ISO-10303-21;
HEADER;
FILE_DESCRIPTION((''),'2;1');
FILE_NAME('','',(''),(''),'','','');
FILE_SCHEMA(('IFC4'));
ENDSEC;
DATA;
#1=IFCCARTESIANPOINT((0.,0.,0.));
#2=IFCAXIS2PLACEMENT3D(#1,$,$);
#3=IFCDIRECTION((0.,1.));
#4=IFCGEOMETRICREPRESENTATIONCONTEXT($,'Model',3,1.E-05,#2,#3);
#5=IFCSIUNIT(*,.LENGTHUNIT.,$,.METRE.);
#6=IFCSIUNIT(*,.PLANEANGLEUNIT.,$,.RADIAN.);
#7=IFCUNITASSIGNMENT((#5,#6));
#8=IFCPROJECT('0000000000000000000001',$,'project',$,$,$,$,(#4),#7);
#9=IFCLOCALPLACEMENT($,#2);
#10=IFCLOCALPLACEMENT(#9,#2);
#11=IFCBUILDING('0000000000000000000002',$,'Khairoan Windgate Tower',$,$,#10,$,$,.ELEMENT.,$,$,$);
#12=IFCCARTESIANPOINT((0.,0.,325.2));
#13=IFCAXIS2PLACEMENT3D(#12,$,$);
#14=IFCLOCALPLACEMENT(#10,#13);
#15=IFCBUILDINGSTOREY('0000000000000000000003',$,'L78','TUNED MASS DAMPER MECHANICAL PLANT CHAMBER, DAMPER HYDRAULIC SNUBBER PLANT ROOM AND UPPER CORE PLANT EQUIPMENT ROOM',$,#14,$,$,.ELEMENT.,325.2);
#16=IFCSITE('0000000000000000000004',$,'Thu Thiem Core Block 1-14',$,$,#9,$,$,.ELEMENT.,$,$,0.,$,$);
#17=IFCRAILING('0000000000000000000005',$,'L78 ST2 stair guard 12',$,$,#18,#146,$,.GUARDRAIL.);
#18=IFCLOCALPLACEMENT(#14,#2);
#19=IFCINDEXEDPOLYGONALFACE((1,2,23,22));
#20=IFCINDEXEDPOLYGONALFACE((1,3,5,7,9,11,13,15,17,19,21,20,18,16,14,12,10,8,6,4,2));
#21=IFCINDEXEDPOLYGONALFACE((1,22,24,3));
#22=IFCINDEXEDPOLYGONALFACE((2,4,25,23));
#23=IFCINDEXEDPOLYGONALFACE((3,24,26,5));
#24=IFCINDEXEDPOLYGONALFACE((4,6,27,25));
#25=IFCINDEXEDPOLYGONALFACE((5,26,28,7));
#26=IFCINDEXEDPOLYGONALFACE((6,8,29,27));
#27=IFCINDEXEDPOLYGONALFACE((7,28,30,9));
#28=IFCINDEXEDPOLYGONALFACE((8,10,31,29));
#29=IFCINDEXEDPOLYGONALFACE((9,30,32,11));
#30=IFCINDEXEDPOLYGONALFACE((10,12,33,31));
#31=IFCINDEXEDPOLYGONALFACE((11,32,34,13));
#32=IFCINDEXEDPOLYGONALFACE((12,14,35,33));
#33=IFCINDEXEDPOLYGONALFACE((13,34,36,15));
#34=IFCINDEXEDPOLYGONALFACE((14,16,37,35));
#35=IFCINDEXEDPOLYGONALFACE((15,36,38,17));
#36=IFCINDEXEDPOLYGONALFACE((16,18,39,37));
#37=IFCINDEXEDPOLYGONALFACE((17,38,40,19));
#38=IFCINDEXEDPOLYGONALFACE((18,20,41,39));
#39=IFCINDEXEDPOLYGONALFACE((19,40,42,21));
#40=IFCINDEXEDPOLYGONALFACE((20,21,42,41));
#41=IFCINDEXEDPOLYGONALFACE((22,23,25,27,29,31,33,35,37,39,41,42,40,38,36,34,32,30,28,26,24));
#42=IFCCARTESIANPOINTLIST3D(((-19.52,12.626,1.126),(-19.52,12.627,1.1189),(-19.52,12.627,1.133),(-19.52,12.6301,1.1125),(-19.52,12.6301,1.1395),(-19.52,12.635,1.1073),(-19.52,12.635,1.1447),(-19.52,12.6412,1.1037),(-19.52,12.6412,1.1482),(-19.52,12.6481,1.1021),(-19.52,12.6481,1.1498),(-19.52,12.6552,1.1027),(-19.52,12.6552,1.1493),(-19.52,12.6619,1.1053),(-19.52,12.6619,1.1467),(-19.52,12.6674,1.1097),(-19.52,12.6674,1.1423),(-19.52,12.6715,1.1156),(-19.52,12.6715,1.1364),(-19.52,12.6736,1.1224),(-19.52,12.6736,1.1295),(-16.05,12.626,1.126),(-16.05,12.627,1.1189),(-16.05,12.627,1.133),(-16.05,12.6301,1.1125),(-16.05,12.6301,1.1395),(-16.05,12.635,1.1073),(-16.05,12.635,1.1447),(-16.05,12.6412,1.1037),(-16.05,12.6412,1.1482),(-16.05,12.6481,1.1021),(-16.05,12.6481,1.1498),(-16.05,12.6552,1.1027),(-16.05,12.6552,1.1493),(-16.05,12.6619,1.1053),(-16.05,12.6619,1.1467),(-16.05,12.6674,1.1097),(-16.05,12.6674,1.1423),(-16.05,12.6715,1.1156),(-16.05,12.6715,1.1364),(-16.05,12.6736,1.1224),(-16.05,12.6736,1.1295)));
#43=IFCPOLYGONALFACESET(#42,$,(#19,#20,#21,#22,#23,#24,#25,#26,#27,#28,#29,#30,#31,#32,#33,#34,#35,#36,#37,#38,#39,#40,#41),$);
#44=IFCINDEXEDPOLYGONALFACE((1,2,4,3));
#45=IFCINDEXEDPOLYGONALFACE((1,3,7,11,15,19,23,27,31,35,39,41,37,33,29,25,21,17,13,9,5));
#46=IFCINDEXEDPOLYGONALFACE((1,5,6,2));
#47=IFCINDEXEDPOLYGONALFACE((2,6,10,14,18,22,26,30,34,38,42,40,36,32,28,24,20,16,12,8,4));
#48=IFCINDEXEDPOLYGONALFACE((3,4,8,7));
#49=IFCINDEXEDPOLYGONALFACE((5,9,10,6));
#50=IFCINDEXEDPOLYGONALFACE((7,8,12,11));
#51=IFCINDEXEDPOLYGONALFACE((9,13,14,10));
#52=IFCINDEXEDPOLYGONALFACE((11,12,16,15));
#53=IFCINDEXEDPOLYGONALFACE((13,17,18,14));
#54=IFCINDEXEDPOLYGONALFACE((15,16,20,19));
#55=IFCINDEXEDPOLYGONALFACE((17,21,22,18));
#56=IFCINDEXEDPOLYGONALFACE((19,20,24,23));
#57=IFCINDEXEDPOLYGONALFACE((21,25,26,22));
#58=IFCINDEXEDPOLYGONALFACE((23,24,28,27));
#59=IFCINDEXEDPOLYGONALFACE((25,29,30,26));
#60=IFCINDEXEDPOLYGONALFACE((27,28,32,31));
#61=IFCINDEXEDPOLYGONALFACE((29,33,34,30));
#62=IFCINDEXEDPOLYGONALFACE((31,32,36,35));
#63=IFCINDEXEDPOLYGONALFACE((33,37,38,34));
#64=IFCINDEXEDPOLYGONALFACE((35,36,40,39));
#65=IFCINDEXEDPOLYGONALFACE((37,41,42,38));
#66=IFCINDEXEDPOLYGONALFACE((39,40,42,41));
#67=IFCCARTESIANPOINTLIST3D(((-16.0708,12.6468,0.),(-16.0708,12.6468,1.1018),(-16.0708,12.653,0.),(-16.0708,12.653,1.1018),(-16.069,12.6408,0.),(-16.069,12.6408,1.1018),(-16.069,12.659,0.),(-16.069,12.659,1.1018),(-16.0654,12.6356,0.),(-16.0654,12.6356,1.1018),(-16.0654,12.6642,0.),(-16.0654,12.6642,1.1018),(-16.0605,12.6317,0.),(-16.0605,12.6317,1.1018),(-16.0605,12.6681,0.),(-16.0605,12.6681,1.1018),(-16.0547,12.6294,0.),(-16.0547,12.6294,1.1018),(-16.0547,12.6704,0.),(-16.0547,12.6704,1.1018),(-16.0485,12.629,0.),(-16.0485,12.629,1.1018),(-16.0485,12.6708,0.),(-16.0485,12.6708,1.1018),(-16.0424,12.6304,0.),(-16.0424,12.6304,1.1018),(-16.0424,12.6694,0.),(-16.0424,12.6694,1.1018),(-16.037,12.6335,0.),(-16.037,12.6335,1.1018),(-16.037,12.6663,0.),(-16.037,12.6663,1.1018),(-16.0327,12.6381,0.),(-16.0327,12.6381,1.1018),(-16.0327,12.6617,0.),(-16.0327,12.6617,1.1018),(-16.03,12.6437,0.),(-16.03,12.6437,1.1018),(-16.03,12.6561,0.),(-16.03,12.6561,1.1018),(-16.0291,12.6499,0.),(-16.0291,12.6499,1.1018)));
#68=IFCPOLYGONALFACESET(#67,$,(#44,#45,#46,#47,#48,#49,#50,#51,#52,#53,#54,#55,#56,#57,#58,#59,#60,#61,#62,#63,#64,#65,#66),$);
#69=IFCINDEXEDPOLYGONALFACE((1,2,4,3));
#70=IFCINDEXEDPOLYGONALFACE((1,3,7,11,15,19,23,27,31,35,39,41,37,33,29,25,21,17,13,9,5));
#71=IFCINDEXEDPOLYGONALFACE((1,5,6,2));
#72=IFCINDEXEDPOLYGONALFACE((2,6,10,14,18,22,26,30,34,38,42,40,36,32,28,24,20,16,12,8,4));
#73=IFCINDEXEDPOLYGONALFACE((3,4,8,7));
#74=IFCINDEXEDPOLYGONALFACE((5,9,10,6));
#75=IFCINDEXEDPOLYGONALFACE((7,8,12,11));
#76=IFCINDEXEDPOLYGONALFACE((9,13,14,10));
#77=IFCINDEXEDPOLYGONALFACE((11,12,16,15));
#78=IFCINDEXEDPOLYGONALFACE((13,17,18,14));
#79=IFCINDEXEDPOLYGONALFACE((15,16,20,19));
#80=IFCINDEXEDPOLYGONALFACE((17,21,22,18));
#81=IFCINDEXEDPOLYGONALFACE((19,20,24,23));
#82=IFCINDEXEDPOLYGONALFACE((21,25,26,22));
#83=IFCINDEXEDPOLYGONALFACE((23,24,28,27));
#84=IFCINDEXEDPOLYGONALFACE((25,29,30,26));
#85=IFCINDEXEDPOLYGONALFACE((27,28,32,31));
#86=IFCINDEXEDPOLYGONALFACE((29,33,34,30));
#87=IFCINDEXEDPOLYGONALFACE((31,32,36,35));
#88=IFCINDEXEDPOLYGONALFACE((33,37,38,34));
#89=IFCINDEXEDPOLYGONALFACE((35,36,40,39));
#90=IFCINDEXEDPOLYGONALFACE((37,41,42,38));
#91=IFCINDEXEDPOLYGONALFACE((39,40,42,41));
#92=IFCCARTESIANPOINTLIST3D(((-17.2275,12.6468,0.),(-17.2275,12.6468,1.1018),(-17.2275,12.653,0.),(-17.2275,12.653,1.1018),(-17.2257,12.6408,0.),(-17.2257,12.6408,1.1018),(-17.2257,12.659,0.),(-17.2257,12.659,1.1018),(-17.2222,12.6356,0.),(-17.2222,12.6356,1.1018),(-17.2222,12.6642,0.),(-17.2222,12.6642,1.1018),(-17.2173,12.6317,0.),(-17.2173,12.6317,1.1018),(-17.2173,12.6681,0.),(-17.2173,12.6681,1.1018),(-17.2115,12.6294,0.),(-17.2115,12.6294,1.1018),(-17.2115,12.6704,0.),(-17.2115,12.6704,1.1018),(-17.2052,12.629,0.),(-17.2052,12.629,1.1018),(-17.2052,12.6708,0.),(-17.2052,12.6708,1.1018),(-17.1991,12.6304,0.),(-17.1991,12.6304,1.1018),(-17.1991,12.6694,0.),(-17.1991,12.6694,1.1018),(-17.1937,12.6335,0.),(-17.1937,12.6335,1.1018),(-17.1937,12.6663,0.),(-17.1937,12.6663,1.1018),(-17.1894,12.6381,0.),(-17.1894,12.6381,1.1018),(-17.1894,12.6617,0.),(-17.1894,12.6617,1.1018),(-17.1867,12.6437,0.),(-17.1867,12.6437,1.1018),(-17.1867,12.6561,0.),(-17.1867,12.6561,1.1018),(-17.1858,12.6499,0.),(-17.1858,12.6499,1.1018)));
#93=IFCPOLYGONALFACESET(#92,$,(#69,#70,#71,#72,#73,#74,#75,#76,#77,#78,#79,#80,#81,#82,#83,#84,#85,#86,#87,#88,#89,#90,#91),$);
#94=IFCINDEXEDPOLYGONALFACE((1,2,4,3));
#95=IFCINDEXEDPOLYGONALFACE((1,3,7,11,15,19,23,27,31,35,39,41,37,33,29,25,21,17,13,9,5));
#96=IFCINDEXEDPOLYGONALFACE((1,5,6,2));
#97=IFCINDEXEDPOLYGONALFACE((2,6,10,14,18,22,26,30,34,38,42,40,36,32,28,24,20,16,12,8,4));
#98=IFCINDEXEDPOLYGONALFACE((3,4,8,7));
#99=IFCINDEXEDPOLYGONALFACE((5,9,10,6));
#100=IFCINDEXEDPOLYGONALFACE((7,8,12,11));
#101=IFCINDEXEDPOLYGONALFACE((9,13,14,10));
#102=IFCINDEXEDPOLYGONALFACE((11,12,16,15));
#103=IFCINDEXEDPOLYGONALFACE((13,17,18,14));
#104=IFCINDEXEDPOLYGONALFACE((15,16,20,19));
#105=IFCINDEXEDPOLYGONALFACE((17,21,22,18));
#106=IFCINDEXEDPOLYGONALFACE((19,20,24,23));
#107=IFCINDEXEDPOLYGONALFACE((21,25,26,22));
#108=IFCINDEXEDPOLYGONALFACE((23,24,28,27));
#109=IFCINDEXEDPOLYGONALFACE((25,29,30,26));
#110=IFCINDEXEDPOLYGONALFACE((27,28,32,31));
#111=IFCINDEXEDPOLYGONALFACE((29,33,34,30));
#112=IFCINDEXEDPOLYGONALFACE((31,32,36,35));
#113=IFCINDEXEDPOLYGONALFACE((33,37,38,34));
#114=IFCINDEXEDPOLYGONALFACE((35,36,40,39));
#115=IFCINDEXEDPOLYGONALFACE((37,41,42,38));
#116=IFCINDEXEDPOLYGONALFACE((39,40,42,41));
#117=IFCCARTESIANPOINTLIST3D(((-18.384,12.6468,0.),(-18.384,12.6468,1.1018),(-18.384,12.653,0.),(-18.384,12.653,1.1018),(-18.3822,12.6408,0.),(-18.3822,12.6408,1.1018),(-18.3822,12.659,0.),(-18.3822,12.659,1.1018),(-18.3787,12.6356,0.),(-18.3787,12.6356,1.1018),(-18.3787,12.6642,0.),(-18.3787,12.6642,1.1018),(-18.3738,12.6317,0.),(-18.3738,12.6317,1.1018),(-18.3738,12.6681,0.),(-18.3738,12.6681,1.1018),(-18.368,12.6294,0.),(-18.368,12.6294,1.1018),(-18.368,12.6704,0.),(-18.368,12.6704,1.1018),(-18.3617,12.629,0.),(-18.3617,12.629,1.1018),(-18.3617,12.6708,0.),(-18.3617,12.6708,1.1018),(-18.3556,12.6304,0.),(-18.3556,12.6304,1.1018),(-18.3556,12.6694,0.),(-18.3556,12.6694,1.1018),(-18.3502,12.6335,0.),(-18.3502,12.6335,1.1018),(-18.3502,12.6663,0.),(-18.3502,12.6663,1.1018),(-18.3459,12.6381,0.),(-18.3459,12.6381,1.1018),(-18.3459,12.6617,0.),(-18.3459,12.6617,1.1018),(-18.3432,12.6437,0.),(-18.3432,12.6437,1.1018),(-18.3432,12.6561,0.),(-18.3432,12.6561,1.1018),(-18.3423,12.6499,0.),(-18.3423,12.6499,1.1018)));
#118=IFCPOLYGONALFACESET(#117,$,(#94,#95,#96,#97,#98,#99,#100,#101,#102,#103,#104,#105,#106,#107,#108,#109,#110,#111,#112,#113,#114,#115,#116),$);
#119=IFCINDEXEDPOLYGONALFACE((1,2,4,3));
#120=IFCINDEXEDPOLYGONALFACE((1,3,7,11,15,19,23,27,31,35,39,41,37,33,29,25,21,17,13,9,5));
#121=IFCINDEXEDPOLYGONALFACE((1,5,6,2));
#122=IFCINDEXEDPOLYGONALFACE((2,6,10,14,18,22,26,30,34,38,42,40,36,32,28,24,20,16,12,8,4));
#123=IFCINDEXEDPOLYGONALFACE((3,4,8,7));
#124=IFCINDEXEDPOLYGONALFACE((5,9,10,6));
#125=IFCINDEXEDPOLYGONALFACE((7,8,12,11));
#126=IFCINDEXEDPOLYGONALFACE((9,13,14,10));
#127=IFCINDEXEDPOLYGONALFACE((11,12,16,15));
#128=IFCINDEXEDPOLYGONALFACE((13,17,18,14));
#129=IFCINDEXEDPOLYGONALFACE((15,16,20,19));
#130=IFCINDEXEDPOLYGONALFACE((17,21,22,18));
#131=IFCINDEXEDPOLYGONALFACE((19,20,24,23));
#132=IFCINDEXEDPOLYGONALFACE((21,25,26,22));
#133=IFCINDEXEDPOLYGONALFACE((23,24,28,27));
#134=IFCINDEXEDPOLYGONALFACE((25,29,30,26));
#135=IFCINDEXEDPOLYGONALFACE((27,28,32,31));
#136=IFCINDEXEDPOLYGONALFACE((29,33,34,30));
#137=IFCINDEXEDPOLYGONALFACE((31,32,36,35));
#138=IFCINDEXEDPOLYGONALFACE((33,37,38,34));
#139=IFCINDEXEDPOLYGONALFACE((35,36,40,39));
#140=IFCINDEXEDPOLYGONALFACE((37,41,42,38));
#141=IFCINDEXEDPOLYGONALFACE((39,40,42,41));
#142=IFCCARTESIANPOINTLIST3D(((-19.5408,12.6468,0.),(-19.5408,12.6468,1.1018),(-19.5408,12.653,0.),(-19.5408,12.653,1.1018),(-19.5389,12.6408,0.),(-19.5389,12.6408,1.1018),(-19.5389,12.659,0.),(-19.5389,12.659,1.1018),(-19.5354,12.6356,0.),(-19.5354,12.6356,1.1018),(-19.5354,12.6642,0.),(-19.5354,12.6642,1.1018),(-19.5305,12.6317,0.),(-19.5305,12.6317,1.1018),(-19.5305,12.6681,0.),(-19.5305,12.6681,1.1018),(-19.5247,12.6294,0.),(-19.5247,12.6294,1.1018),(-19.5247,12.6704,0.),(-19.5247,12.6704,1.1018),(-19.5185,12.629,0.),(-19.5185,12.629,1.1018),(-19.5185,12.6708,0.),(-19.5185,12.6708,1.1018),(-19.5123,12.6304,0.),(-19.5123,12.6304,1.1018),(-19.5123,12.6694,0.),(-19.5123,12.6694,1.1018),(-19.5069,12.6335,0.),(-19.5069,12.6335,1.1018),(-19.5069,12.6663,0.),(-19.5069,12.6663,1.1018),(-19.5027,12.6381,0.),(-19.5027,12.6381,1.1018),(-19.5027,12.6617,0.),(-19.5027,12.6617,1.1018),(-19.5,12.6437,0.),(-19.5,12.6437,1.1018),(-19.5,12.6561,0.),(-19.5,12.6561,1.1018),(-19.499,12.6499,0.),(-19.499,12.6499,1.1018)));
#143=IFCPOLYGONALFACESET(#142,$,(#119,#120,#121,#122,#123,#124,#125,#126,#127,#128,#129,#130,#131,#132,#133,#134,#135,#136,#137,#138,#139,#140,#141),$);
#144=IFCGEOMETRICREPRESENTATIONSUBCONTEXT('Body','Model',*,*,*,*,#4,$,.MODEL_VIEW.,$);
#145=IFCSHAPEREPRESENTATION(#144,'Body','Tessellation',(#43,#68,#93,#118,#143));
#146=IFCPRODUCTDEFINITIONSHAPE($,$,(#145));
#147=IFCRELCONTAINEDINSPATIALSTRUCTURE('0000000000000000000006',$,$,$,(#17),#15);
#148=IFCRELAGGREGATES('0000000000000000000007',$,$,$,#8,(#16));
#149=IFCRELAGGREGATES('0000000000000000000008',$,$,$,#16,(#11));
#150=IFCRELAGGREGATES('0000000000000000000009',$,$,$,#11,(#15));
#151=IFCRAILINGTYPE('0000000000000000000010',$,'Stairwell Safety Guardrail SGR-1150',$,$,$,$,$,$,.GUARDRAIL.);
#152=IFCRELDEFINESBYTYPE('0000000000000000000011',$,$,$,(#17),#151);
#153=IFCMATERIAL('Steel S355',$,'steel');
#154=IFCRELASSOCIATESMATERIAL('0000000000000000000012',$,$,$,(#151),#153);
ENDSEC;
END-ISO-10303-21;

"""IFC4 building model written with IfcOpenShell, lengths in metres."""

from ifc_helpers import new_model, si_unit, direction, frame, origin, origin_2d, place, context, subcontext, project, spatial, circle, extrude, material, type_object, element, save


model = new_model("IFC4")

# Units and contexts
model_context = context("Model", 3, precision=1e-05, world=origin(), true_north=direction((0.0, 1.0)))
body_context = subcontext(model_context, "Body", "Model", "MODEL_VIEW")
ifc_project = project(units=[si_unit("LENGTHUNIT", "METRE"), si_unit("PLANEANGLEUNIT", "RADIAN")], contexts=[model_context])

# Site, building, storey
site_placement = place(None, origin())
site = spatial("IfcSite", under=ifc_project, at=site_placement, Name="Thu Thiem Core Block 1-14", CompositionType="ELEMENT", RefElevation=0.0)
building_placement = place(site_placement, origin())
building = spatial("IfcBuilding", under=site, at=building_placement, Name="Khairoan Windgate Tower", CompositionType="ELEMENT")
storey_placement = place(building_placement, frame((0.0, 0.0, 325.2)))
storey = spatial("IfcBuildingStorey", under=building, at=storey_placement, Name="L78", Description="TUNED MASS DAMPER MECHANICAL PLANT CHAMBER, DAMPER HYDRAULIC SNUBBER PLANT ROOM AND UPPER CORE PLANT EQUIPMENT ROOM", CompositionType="ELEMENT", Elevation=325.2)

# Railing
ifc_material_1 = material(Name="Steel S355", Category="steel")
railing_type = type_object("IfcRailingType", Name="Stairwell Safety Guardrail SGR-1150", PredefinedType="GUARDRAIL", material=ifc_material_1)
railing_1_placement = place(storey_placement, frame((-16.05, 12.6499, 0.0)))
element("IfcRailing", 1, at=railing_1_placement, inside=storey, type_object=railing_type, Name="L78 ST2 stair guard 12", PredefinedType="GUARDRAIL", context=body_context, shape_type="SweptSolid", body=[
    extrude(circle(Radius=0.0239, at=origin_2d()), frame((0.0, 0.0, 1.126), z_axis=(-1.0, 0.0, 0.0), x_axis=(0.0, -1.0, 0.0)), (0.0, 0.0, 1.0), 3.47),
    extrude(circle(Radius=0.021, at=origin_2d()), origin(), (0.0, 0.0, 1.0), 1.1018),
    extrude(circle(Radius=0.021, at=origin_2d()), frame((-1.1567, 0.0, 0.0)), (0.0, 0.0, 1.0), 1.1018),
    extrude(circle(Radius=0.021, at=origin_2d()), frame((-2.3132, 0.0, 0.0)), (0.0, 0.0, 1.0), 1.1018),
    extrude(circle(Radius=0.021, at=origin_2d()), frame((-3.47, 0.0, 0.0)), (0.0, 0.0, 1.0), 1.1018),
])

save(model, "model.ifc")
